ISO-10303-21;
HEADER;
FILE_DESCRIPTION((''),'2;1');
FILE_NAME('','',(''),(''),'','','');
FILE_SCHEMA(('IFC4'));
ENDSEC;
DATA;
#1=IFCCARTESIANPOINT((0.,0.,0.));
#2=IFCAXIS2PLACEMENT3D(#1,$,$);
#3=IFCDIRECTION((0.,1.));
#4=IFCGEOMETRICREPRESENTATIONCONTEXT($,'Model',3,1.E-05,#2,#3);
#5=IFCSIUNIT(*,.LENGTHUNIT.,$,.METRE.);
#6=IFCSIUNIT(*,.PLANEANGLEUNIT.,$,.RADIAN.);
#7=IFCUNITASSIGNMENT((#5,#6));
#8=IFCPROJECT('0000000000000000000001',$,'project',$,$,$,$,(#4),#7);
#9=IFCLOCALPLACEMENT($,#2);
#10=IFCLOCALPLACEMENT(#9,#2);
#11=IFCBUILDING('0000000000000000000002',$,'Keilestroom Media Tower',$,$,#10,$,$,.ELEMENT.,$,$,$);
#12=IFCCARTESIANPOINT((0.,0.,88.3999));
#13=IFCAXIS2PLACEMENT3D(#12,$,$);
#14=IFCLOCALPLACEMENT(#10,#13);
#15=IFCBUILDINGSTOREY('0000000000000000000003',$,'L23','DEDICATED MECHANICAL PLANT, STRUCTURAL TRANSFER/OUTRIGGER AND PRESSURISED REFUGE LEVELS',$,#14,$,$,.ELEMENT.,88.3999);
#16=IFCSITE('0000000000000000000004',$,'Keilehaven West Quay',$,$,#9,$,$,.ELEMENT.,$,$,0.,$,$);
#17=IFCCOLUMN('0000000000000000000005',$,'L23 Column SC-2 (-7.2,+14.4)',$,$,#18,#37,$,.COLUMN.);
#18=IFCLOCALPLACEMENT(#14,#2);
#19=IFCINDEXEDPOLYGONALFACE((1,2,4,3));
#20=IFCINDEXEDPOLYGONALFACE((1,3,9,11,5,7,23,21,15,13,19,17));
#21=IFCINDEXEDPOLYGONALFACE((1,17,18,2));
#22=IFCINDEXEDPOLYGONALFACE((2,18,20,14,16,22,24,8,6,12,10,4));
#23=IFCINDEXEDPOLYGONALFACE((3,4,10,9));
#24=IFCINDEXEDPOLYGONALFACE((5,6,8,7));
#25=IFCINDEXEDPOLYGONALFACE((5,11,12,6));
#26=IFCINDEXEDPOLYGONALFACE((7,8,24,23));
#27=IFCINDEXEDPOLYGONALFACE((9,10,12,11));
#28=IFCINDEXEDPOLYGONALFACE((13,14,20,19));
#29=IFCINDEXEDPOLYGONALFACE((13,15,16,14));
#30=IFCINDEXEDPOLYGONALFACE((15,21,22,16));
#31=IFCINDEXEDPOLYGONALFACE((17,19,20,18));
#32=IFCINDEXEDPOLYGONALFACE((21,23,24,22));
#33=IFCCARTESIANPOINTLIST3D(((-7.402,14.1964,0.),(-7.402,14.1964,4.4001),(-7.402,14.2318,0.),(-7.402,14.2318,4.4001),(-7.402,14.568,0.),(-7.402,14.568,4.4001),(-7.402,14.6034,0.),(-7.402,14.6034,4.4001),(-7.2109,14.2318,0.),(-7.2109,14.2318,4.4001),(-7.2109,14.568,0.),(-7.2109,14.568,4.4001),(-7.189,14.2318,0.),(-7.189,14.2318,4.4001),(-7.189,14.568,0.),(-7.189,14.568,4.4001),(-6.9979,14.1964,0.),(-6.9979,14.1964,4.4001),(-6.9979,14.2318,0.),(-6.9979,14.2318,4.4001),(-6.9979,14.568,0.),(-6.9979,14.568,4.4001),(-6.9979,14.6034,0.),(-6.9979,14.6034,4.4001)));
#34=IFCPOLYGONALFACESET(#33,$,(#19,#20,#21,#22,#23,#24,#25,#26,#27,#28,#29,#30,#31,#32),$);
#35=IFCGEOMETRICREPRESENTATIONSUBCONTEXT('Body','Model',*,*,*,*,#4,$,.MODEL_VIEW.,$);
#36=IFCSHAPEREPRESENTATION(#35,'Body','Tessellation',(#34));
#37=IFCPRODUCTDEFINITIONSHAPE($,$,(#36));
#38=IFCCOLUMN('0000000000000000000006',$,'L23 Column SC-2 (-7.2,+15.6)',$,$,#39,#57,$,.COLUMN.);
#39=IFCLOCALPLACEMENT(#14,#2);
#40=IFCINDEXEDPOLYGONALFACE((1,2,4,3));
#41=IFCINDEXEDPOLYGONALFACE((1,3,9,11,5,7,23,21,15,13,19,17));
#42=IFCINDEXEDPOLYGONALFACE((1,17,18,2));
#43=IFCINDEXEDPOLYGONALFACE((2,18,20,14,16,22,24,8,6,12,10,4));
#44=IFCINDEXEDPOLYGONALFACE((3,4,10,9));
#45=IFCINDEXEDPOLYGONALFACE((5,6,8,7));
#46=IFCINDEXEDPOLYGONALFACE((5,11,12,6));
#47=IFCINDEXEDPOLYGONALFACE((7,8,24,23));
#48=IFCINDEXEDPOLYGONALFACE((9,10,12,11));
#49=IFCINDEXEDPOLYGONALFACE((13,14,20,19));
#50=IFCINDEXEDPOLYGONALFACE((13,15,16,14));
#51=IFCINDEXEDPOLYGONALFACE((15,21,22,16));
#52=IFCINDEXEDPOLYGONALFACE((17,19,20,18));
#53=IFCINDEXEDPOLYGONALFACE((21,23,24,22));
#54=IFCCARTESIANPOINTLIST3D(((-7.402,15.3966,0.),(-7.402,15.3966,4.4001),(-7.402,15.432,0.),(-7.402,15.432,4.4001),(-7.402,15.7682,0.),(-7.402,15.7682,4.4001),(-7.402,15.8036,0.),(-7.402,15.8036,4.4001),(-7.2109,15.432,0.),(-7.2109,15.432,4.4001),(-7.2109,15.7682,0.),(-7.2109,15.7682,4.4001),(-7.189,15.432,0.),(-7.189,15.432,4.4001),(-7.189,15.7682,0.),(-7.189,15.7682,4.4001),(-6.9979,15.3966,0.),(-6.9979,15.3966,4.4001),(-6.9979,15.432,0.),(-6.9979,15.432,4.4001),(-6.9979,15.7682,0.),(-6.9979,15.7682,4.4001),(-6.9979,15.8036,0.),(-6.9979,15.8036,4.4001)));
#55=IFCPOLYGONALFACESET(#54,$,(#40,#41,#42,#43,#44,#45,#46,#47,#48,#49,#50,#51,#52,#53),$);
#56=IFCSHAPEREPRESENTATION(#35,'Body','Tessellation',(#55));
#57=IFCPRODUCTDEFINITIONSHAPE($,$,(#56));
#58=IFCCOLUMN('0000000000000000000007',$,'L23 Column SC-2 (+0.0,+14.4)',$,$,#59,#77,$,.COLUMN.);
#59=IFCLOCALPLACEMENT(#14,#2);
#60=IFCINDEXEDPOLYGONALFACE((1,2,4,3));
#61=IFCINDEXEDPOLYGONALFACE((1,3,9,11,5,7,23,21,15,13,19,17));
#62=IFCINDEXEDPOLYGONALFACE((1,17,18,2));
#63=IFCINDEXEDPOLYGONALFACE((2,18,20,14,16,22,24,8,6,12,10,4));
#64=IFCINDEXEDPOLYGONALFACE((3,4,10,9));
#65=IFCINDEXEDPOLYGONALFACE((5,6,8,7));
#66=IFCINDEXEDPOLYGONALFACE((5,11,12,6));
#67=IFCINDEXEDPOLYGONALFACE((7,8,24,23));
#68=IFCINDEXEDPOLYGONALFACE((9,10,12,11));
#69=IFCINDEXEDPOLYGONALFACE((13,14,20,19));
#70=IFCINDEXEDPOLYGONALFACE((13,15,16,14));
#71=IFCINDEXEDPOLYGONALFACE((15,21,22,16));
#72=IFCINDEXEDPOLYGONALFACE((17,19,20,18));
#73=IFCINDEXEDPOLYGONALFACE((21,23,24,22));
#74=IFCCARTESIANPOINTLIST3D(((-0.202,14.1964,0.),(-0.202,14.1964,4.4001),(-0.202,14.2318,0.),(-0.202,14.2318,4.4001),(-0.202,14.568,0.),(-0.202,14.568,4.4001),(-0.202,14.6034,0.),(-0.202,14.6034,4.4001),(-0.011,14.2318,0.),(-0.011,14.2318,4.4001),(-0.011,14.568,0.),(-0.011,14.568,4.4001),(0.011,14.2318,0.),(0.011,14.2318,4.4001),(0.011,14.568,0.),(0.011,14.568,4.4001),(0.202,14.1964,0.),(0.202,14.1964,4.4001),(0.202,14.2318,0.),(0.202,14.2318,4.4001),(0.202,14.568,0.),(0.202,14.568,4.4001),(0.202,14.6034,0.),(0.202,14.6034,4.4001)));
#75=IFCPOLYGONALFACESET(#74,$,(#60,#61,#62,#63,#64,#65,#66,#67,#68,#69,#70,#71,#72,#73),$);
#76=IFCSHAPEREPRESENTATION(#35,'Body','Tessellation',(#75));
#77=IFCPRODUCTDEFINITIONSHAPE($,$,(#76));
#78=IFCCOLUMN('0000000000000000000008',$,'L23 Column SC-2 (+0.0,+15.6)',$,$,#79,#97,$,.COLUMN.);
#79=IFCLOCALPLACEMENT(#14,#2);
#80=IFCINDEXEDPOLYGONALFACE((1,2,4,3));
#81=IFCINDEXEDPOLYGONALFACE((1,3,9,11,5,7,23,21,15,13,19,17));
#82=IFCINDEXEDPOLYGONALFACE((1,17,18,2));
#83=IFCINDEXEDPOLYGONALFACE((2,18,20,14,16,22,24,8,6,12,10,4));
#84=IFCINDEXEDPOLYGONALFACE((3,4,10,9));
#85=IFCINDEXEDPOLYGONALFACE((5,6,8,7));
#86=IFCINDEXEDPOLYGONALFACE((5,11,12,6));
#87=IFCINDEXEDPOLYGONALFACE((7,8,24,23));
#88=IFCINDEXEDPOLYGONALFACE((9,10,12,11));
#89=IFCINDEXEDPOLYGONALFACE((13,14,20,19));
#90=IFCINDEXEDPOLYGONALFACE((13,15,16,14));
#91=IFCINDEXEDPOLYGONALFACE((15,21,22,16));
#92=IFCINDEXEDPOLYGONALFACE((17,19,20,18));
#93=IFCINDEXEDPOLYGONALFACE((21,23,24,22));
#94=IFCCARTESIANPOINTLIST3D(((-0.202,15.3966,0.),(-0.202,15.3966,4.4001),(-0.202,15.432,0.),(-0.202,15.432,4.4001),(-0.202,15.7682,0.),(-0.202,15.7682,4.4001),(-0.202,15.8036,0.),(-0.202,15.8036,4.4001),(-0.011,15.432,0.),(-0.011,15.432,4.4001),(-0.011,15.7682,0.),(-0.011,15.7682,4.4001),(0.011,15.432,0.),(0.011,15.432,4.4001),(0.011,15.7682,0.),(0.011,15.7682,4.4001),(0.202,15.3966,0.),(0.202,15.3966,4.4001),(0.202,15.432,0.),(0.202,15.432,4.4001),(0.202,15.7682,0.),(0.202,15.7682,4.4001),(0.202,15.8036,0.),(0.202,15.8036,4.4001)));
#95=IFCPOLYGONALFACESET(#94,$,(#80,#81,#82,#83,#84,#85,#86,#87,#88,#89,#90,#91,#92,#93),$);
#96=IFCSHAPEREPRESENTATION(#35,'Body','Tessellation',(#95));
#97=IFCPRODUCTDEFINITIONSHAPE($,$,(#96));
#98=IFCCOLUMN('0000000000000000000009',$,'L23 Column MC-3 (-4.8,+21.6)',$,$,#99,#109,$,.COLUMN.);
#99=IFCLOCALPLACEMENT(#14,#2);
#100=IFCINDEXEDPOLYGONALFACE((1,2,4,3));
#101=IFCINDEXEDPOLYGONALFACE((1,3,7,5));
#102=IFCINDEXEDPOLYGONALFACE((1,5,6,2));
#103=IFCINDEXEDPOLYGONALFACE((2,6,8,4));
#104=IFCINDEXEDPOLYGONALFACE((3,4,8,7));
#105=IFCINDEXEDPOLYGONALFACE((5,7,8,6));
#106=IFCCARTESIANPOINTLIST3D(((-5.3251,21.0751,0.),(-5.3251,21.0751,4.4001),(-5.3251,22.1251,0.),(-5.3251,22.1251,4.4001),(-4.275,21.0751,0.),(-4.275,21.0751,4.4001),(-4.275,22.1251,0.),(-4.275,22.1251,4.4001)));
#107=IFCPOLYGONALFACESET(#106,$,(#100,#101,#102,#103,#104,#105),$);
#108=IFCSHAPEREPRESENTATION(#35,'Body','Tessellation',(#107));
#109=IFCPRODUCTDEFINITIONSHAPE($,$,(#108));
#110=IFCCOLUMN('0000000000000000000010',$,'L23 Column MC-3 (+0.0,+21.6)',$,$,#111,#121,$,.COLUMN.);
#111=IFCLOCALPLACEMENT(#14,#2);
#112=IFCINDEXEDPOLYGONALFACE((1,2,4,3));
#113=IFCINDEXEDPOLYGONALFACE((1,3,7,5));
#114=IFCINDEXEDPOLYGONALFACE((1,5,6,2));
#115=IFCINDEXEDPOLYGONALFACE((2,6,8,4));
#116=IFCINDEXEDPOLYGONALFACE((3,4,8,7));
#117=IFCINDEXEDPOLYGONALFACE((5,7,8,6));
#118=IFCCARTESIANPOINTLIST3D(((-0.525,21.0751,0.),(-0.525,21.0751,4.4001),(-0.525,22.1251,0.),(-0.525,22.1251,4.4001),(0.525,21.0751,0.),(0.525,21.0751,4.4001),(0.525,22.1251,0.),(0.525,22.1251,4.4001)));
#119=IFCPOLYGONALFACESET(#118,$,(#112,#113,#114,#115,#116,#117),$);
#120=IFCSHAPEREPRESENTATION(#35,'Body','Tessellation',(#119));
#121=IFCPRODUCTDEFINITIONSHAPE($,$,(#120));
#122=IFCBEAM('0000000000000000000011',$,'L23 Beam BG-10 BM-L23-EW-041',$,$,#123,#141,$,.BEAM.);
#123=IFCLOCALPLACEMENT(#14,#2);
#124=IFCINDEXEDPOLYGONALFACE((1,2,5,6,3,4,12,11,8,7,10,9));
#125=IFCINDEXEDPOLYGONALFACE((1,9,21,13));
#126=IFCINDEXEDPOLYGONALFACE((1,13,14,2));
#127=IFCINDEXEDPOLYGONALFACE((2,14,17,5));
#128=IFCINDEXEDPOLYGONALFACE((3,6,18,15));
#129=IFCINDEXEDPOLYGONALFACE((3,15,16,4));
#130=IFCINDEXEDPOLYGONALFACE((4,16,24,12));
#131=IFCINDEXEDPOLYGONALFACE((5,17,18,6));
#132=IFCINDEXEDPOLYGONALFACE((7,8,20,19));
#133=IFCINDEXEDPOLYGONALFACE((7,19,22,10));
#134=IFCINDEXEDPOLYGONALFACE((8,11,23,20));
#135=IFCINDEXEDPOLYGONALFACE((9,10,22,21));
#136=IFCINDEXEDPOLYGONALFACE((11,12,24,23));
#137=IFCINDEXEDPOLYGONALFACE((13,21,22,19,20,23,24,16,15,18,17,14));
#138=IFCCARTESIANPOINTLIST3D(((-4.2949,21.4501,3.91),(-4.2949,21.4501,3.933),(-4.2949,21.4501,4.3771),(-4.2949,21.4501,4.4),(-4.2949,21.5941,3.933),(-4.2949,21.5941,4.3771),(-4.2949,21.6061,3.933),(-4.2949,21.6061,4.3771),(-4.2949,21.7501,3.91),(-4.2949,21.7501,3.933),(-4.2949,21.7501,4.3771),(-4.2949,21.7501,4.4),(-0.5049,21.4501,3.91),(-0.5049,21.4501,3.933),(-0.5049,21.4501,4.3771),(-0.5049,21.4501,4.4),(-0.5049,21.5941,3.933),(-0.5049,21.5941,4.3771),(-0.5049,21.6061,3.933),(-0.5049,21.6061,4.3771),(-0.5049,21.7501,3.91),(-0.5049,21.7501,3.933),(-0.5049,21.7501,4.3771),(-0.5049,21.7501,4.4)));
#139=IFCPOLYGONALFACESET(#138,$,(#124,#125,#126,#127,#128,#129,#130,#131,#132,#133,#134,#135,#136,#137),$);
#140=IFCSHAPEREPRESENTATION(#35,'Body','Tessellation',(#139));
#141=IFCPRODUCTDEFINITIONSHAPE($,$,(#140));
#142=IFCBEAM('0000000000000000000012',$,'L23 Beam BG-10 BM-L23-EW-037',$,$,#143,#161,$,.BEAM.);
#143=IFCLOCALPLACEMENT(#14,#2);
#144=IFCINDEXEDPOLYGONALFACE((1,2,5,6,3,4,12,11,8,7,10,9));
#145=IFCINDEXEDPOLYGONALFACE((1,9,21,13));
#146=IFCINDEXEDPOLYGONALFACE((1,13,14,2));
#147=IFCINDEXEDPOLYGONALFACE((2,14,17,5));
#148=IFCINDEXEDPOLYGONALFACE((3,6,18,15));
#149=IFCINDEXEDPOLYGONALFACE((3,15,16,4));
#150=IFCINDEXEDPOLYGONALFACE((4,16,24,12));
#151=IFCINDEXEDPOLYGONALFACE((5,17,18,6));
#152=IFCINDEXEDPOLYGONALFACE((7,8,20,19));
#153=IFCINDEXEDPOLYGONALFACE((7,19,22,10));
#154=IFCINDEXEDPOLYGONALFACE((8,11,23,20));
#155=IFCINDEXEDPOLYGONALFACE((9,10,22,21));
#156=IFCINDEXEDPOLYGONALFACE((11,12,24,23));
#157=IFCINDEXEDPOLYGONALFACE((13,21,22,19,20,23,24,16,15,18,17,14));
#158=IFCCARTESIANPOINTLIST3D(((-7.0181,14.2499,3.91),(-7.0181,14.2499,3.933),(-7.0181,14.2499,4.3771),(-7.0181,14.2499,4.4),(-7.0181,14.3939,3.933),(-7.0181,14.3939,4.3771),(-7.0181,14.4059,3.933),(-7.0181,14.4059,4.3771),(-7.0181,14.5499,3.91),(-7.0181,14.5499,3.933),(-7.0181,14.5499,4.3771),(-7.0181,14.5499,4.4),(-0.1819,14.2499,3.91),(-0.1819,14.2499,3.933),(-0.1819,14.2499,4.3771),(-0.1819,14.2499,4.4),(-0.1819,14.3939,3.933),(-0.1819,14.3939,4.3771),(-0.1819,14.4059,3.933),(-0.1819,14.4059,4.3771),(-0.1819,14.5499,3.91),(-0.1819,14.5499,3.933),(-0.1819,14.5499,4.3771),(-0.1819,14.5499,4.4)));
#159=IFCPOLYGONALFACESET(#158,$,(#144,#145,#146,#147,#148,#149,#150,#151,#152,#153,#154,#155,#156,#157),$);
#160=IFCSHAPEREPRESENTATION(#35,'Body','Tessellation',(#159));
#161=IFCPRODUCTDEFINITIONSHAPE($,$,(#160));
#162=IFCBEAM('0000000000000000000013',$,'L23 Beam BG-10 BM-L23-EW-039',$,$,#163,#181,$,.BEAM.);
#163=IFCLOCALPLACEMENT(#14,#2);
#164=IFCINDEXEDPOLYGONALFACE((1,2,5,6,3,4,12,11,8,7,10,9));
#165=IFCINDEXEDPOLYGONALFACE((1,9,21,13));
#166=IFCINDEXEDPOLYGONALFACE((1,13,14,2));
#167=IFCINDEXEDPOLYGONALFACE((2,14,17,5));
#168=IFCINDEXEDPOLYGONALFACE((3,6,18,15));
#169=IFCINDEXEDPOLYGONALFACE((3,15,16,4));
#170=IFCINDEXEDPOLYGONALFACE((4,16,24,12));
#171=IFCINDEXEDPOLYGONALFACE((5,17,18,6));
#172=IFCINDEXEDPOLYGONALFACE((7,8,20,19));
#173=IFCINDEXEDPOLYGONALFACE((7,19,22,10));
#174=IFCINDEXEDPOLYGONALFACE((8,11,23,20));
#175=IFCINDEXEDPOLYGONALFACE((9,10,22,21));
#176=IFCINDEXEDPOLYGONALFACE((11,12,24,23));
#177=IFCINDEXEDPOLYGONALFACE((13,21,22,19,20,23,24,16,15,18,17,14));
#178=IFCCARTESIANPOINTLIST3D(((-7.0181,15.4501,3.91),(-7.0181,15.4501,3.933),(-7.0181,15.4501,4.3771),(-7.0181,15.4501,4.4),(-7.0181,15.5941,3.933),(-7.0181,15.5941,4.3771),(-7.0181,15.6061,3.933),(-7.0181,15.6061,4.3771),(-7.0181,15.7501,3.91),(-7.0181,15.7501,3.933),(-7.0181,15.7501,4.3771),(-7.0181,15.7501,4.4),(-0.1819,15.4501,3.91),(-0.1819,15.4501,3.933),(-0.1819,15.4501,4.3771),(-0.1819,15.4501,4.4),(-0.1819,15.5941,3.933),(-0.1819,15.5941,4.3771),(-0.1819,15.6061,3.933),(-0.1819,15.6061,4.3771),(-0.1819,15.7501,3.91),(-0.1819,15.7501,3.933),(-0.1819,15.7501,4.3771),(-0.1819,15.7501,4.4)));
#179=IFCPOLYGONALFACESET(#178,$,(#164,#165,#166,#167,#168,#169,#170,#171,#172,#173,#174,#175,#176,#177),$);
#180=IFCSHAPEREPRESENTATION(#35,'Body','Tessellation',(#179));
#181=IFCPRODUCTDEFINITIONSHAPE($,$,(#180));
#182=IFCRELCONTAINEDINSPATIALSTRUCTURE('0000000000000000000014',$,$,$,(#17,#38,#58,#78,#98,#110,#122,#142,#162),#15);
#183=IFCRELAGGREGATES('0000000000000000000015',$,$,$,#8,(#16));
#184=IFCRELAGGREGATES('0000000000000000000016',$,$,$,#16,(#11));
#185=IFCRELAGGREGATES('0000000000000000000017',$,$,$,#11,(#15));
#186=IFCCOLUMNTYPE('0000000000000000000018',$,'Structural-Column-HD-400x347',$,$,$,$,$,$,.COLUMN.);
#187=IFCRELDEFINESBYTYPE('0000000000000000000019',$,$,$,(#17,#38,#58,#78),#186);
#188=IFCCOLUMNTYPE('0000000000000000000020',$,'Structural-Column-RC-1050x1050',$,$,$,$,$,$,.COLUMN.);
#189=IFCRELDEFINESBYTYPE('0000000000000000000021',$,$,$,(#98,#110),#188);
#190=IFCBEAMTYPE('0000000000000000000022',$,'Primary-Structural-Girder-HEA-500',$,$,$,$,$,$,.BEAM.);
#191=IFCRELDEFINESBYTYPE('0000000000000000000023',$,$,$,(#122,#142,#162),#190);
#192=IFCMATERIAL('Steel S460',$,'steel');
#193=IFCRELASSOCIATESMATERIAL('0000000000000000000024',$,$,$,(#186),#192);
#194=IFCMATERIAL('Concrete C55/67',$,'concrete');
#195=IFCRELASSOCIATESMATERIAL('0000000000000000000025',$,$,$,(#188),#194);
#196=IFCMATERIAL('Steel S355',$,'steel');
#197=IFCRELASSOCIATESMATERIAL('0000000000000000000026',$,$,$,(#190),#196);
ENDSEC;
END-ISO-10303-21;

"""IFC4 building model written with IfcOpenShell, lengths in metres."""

from ifc_helpers import new_model, si_unit, direction, frame, origin, origin_2d, place, context, subcontext, project, spatial, rectangle, i_section, extrude, source, transform, mapped, material, material_profile, profile_set, type_object, element, save


model = new_model("IFC4")

# Units and contexts
model_context = context("Model", 3, precision=1e-05, world=origin(), true_north=direction((0.0, 1.0)))
body_context = subcontext(model_context, "Body", "Model", "MODEL_VIEW")
ifc_project = project(units=[si_unit("LENGTHUNIT", "METRE"), si_unit("PLANEANGLEUNIT", "RADIAN")], contexts=[model_context])

# Site, building, storey
site_placement = place(None, origin())
site = spatial("IfcSite", under=ifc_project, at=site_placement, Name="Keilehaven West Quay", CompositionType="ELEMENT", RefElevation=0.0)
building_placement = place(site_placement, origin())
building = spatial("IfcBuilding", under=site, at=building_placement, Name="Keilestroom Media Tower", CompositionType="ELEMENT")
storey_placement = place(building_placement, frame((0.0, 0.0, 88.3999)))
storey = spatial("IfcBuildingStorey", under=building, at=storey_placement, Name="L23", Description="DEDICATED MECHANICAL PLANT, STRUCTURAL TRANSFER/OUTRIGGER AND PRESSURISED REFUGE LEVELS", CompositionType="ELEMENT", Elevation=88.3999)

# Columns
ifc_material_1 = material(Name="Steel S460", Category="steel")
ifc_material_profile_1 = material_profile(ifc_material_1, i_section(OverallWidth=0.4041, OverallDepth=0.407, WebThickness=0.022, FlangeThickness=0.0354, at=origin_2d()), Name="HD 400x347")
ifc_profile_set_1 = profile_set([ifc_material_profile_1], Name="Steel S460")
column_type_1 = type_object("IfcColumnType", Name="Structural-Column-HD-400x347", PredefinedType="COLUMN", material=ifc_profile_set_1)
shared_shape_1 = source(origin(), body_context, "Body", "SweptSolid", [
    extrude(i_section(OverallWidth=0.4041, OverallDepth=0.407, WebThickness=0.022, FlangeThickness=0.0354, at=origin_2d()), origin(), (0.0, 0.0, 1.0), 4.4001),
])
for number, where, z_axis, x_axis, name in (
    (1, (-7.2, 14.3999, 0.0), (0.0, 0.0, 1.0), (1.0, 0.0, 0.0), "L23 Column SC-2 (-7.2,+14.4)"),
    (2, (-7.2, 15.6001, 0.0), (0.0, 0.0, 1.0), (1.0, 0.0, 0.0), "L23 Column SC-2 (-7.2,+15.6)"),
    (3, (0.0, 14.3999, 0.0), (0.0, 0.0, 1.0), (1.0, 0.0, 0.0), "L23 Column SC-2 (+0.0,+14.4)"),
    (4, (0.0, 15.6001, 0.0), (0.0, 0.0, 1.0), (1.0, 0.0, 0.0), "L23 Column SC-2 (+0.0,+15.6)"),
):
    element("IfcColumn", number, at=place(storey_placement, frame(where, z_axis=z_axis, x_axis=x_axis)), inside=storey, type_object=column_type_1, Name=name, PredefinedType="COLUMN", context=body_context, shape_type="MappedRepresentation", body=[
        mapped(shared_shape_1, transform((0.0, 0.0, 0.0), x_axis=(1.0, 0.0, 0.0), y_axis=(0.0, 1.0, 0.0), z_axis=(0.0, 0.0, 1.0), scale=1.0)),
    ])
ifc_material_2 = material(Name="Concrete C55/67", Category="concrete")
ifc_material_profile_2 = material_profile(ifc_material_2, rectangle(XDim=1.05, YDim=1.05, at=origin_2d()), Name="RC 1050x1050")
ifc_profile_set_2 = profile_set([ifc_material_profile_2], Name="Concrete C55/67")
column_type_2 = type_object("IfcColumnType", Name="Structural-Column-RC-1050x1050", PredefinedType="COLUMN", material=ifc_profile_set_2)
shared_shape_2 = source(origin(), body_context, "Body", "SweptSolid", [
    extrude(rectangle(XDim=1.05, YDim=1.05, at=origin_2d()), origin(), (0.0, 0.0, 1.0), 4.4001),
])
for number, where, z_axis, x_axis, name in (
    (5, (-4.8, 21.6001, 0.0), (0.0, 0.0, 1.0), (1.0, 0.0, 0.0), "L23 Column MC-3 (-4.8,+21.6)"),
    (6, (0.0, 21.6001, 0.0), (0.0, 0.0, 1.0), (1.0, 0.0, 0.0), "L23 Column MC-3 (+0.0,+21.6)"),
):
    element("IfcColumn", number, at=place(storey_placement, frame(where, z_axis=z_axis, x_axis=x_axis)), inside=storey, type_object=column_type_2, Name=name, PredefinedType="COLUMN", context=body_context, shape_type="MappedRepresentation", body=[
        mapped(shared_shape_2, transform((0.0, 0.0, 0.0), x_axis=(1.0, 0.0, 0.0), y_axis=(0.0, 1.0, 0.0), z_axis=(0.0, 0.0, 1.0), scale=1.0)),
    ])

# Beams
ifc_material_3 = material(Name="Steel S355", Category="steel")
ifc_material_profile_3 = material_profile(ifc_material_3, i_section(OverallWidth=0.3, OverallDepth=0.49, WebThickness=0.012, FlangeThickness=0.0229, at=origin_2d()), Name="HEA 500")
ifc_profile_set_3 = profile_set([ifc_material_profile_3], Name="Steel S355")
beam_type = type_object("IfcBeamType", Name="Primary-Structural-Girder-HEA-500", PredefinedType="BEAM", material=ifc_profile_set_3)
shared_shape_3 = source(origin(), body_context, "Body", "SweptSolid", [
    extrude(i_section(OverallWidth=0.3, OverallDepth=0.49, WebThickness=0.012, FlangeThickness=0.0229, at=origin_2d()), origin(), (0.0, 0.0, 1.0), 3.79),
])
beam_placement = place(storey_placement, frame((-4.2949, 21.6001, 4.155), z_axis=(1.0, 0.0, 0.0), x_axis=(0.0, 1.0, 0.0)))
element("IfcBeam", 7, at=beam_placement, inside=storey, type_object=beam_type, Name="L23 Beam BG-10 BM-L23-EW-041", PredefinedType="BEAM", context=body_context, shape_type="MappedRepresentation", body=[
    mapped(shared_shape_3, transform((0.0, 0.0, 0.0), x_axis=(1.0, 0.0, 0.0), y_axis=(0.0, 1.0, 0.0), z_axis=(0.0, 0.0, 1.0), scale=1.0)),
])
shared_shape_4 = source(origin(), body_context, "Body", "SweptSolid", [
    extrude(i_section(OverallWidth=0.3, OverallDepth=0.49, WebThickness=0.012, FlangeThickness=0.0229, at=origin_2d()), origin(), (0.0, 0.0, 1.0), 6.8362),
])
for number, where, z_axis, x_axis, name in (
    (8, (-7.0181, 14.3999, 4.155), (1.0, 0.0, 0.0), (0.0, 1.0, 0.0), "L23 Beam BG-10 BM-L23-EW-037"),
    (9, (-7.0181, 15.6001, 4.155), (1.0, 0.0, 0.0), (0.0, 1.0, 0.0), "L23 Beam BG-10 BM-L23-EW-039"),
):
    element("IfcBeam", number, at=place(storey_placement, frame(where, z_axis=z_axis, x_axis=x_axis)), inside=storey, type_object=beam_type, Name=name, PredefinedType="BEAM", context=body_context, shape_type="MappedRepresentation", body=[
        mapped(shared_shape_4, transform((0.0, 0.0, 0.0), x_axis=(1.0, 0.0, 0.0), y_axis=(0.0, 1.0, 0.0), z_axis=(0.0, 0.0, 1.0), scale=1.0)),
    ])

save(model, "model.ifc")
